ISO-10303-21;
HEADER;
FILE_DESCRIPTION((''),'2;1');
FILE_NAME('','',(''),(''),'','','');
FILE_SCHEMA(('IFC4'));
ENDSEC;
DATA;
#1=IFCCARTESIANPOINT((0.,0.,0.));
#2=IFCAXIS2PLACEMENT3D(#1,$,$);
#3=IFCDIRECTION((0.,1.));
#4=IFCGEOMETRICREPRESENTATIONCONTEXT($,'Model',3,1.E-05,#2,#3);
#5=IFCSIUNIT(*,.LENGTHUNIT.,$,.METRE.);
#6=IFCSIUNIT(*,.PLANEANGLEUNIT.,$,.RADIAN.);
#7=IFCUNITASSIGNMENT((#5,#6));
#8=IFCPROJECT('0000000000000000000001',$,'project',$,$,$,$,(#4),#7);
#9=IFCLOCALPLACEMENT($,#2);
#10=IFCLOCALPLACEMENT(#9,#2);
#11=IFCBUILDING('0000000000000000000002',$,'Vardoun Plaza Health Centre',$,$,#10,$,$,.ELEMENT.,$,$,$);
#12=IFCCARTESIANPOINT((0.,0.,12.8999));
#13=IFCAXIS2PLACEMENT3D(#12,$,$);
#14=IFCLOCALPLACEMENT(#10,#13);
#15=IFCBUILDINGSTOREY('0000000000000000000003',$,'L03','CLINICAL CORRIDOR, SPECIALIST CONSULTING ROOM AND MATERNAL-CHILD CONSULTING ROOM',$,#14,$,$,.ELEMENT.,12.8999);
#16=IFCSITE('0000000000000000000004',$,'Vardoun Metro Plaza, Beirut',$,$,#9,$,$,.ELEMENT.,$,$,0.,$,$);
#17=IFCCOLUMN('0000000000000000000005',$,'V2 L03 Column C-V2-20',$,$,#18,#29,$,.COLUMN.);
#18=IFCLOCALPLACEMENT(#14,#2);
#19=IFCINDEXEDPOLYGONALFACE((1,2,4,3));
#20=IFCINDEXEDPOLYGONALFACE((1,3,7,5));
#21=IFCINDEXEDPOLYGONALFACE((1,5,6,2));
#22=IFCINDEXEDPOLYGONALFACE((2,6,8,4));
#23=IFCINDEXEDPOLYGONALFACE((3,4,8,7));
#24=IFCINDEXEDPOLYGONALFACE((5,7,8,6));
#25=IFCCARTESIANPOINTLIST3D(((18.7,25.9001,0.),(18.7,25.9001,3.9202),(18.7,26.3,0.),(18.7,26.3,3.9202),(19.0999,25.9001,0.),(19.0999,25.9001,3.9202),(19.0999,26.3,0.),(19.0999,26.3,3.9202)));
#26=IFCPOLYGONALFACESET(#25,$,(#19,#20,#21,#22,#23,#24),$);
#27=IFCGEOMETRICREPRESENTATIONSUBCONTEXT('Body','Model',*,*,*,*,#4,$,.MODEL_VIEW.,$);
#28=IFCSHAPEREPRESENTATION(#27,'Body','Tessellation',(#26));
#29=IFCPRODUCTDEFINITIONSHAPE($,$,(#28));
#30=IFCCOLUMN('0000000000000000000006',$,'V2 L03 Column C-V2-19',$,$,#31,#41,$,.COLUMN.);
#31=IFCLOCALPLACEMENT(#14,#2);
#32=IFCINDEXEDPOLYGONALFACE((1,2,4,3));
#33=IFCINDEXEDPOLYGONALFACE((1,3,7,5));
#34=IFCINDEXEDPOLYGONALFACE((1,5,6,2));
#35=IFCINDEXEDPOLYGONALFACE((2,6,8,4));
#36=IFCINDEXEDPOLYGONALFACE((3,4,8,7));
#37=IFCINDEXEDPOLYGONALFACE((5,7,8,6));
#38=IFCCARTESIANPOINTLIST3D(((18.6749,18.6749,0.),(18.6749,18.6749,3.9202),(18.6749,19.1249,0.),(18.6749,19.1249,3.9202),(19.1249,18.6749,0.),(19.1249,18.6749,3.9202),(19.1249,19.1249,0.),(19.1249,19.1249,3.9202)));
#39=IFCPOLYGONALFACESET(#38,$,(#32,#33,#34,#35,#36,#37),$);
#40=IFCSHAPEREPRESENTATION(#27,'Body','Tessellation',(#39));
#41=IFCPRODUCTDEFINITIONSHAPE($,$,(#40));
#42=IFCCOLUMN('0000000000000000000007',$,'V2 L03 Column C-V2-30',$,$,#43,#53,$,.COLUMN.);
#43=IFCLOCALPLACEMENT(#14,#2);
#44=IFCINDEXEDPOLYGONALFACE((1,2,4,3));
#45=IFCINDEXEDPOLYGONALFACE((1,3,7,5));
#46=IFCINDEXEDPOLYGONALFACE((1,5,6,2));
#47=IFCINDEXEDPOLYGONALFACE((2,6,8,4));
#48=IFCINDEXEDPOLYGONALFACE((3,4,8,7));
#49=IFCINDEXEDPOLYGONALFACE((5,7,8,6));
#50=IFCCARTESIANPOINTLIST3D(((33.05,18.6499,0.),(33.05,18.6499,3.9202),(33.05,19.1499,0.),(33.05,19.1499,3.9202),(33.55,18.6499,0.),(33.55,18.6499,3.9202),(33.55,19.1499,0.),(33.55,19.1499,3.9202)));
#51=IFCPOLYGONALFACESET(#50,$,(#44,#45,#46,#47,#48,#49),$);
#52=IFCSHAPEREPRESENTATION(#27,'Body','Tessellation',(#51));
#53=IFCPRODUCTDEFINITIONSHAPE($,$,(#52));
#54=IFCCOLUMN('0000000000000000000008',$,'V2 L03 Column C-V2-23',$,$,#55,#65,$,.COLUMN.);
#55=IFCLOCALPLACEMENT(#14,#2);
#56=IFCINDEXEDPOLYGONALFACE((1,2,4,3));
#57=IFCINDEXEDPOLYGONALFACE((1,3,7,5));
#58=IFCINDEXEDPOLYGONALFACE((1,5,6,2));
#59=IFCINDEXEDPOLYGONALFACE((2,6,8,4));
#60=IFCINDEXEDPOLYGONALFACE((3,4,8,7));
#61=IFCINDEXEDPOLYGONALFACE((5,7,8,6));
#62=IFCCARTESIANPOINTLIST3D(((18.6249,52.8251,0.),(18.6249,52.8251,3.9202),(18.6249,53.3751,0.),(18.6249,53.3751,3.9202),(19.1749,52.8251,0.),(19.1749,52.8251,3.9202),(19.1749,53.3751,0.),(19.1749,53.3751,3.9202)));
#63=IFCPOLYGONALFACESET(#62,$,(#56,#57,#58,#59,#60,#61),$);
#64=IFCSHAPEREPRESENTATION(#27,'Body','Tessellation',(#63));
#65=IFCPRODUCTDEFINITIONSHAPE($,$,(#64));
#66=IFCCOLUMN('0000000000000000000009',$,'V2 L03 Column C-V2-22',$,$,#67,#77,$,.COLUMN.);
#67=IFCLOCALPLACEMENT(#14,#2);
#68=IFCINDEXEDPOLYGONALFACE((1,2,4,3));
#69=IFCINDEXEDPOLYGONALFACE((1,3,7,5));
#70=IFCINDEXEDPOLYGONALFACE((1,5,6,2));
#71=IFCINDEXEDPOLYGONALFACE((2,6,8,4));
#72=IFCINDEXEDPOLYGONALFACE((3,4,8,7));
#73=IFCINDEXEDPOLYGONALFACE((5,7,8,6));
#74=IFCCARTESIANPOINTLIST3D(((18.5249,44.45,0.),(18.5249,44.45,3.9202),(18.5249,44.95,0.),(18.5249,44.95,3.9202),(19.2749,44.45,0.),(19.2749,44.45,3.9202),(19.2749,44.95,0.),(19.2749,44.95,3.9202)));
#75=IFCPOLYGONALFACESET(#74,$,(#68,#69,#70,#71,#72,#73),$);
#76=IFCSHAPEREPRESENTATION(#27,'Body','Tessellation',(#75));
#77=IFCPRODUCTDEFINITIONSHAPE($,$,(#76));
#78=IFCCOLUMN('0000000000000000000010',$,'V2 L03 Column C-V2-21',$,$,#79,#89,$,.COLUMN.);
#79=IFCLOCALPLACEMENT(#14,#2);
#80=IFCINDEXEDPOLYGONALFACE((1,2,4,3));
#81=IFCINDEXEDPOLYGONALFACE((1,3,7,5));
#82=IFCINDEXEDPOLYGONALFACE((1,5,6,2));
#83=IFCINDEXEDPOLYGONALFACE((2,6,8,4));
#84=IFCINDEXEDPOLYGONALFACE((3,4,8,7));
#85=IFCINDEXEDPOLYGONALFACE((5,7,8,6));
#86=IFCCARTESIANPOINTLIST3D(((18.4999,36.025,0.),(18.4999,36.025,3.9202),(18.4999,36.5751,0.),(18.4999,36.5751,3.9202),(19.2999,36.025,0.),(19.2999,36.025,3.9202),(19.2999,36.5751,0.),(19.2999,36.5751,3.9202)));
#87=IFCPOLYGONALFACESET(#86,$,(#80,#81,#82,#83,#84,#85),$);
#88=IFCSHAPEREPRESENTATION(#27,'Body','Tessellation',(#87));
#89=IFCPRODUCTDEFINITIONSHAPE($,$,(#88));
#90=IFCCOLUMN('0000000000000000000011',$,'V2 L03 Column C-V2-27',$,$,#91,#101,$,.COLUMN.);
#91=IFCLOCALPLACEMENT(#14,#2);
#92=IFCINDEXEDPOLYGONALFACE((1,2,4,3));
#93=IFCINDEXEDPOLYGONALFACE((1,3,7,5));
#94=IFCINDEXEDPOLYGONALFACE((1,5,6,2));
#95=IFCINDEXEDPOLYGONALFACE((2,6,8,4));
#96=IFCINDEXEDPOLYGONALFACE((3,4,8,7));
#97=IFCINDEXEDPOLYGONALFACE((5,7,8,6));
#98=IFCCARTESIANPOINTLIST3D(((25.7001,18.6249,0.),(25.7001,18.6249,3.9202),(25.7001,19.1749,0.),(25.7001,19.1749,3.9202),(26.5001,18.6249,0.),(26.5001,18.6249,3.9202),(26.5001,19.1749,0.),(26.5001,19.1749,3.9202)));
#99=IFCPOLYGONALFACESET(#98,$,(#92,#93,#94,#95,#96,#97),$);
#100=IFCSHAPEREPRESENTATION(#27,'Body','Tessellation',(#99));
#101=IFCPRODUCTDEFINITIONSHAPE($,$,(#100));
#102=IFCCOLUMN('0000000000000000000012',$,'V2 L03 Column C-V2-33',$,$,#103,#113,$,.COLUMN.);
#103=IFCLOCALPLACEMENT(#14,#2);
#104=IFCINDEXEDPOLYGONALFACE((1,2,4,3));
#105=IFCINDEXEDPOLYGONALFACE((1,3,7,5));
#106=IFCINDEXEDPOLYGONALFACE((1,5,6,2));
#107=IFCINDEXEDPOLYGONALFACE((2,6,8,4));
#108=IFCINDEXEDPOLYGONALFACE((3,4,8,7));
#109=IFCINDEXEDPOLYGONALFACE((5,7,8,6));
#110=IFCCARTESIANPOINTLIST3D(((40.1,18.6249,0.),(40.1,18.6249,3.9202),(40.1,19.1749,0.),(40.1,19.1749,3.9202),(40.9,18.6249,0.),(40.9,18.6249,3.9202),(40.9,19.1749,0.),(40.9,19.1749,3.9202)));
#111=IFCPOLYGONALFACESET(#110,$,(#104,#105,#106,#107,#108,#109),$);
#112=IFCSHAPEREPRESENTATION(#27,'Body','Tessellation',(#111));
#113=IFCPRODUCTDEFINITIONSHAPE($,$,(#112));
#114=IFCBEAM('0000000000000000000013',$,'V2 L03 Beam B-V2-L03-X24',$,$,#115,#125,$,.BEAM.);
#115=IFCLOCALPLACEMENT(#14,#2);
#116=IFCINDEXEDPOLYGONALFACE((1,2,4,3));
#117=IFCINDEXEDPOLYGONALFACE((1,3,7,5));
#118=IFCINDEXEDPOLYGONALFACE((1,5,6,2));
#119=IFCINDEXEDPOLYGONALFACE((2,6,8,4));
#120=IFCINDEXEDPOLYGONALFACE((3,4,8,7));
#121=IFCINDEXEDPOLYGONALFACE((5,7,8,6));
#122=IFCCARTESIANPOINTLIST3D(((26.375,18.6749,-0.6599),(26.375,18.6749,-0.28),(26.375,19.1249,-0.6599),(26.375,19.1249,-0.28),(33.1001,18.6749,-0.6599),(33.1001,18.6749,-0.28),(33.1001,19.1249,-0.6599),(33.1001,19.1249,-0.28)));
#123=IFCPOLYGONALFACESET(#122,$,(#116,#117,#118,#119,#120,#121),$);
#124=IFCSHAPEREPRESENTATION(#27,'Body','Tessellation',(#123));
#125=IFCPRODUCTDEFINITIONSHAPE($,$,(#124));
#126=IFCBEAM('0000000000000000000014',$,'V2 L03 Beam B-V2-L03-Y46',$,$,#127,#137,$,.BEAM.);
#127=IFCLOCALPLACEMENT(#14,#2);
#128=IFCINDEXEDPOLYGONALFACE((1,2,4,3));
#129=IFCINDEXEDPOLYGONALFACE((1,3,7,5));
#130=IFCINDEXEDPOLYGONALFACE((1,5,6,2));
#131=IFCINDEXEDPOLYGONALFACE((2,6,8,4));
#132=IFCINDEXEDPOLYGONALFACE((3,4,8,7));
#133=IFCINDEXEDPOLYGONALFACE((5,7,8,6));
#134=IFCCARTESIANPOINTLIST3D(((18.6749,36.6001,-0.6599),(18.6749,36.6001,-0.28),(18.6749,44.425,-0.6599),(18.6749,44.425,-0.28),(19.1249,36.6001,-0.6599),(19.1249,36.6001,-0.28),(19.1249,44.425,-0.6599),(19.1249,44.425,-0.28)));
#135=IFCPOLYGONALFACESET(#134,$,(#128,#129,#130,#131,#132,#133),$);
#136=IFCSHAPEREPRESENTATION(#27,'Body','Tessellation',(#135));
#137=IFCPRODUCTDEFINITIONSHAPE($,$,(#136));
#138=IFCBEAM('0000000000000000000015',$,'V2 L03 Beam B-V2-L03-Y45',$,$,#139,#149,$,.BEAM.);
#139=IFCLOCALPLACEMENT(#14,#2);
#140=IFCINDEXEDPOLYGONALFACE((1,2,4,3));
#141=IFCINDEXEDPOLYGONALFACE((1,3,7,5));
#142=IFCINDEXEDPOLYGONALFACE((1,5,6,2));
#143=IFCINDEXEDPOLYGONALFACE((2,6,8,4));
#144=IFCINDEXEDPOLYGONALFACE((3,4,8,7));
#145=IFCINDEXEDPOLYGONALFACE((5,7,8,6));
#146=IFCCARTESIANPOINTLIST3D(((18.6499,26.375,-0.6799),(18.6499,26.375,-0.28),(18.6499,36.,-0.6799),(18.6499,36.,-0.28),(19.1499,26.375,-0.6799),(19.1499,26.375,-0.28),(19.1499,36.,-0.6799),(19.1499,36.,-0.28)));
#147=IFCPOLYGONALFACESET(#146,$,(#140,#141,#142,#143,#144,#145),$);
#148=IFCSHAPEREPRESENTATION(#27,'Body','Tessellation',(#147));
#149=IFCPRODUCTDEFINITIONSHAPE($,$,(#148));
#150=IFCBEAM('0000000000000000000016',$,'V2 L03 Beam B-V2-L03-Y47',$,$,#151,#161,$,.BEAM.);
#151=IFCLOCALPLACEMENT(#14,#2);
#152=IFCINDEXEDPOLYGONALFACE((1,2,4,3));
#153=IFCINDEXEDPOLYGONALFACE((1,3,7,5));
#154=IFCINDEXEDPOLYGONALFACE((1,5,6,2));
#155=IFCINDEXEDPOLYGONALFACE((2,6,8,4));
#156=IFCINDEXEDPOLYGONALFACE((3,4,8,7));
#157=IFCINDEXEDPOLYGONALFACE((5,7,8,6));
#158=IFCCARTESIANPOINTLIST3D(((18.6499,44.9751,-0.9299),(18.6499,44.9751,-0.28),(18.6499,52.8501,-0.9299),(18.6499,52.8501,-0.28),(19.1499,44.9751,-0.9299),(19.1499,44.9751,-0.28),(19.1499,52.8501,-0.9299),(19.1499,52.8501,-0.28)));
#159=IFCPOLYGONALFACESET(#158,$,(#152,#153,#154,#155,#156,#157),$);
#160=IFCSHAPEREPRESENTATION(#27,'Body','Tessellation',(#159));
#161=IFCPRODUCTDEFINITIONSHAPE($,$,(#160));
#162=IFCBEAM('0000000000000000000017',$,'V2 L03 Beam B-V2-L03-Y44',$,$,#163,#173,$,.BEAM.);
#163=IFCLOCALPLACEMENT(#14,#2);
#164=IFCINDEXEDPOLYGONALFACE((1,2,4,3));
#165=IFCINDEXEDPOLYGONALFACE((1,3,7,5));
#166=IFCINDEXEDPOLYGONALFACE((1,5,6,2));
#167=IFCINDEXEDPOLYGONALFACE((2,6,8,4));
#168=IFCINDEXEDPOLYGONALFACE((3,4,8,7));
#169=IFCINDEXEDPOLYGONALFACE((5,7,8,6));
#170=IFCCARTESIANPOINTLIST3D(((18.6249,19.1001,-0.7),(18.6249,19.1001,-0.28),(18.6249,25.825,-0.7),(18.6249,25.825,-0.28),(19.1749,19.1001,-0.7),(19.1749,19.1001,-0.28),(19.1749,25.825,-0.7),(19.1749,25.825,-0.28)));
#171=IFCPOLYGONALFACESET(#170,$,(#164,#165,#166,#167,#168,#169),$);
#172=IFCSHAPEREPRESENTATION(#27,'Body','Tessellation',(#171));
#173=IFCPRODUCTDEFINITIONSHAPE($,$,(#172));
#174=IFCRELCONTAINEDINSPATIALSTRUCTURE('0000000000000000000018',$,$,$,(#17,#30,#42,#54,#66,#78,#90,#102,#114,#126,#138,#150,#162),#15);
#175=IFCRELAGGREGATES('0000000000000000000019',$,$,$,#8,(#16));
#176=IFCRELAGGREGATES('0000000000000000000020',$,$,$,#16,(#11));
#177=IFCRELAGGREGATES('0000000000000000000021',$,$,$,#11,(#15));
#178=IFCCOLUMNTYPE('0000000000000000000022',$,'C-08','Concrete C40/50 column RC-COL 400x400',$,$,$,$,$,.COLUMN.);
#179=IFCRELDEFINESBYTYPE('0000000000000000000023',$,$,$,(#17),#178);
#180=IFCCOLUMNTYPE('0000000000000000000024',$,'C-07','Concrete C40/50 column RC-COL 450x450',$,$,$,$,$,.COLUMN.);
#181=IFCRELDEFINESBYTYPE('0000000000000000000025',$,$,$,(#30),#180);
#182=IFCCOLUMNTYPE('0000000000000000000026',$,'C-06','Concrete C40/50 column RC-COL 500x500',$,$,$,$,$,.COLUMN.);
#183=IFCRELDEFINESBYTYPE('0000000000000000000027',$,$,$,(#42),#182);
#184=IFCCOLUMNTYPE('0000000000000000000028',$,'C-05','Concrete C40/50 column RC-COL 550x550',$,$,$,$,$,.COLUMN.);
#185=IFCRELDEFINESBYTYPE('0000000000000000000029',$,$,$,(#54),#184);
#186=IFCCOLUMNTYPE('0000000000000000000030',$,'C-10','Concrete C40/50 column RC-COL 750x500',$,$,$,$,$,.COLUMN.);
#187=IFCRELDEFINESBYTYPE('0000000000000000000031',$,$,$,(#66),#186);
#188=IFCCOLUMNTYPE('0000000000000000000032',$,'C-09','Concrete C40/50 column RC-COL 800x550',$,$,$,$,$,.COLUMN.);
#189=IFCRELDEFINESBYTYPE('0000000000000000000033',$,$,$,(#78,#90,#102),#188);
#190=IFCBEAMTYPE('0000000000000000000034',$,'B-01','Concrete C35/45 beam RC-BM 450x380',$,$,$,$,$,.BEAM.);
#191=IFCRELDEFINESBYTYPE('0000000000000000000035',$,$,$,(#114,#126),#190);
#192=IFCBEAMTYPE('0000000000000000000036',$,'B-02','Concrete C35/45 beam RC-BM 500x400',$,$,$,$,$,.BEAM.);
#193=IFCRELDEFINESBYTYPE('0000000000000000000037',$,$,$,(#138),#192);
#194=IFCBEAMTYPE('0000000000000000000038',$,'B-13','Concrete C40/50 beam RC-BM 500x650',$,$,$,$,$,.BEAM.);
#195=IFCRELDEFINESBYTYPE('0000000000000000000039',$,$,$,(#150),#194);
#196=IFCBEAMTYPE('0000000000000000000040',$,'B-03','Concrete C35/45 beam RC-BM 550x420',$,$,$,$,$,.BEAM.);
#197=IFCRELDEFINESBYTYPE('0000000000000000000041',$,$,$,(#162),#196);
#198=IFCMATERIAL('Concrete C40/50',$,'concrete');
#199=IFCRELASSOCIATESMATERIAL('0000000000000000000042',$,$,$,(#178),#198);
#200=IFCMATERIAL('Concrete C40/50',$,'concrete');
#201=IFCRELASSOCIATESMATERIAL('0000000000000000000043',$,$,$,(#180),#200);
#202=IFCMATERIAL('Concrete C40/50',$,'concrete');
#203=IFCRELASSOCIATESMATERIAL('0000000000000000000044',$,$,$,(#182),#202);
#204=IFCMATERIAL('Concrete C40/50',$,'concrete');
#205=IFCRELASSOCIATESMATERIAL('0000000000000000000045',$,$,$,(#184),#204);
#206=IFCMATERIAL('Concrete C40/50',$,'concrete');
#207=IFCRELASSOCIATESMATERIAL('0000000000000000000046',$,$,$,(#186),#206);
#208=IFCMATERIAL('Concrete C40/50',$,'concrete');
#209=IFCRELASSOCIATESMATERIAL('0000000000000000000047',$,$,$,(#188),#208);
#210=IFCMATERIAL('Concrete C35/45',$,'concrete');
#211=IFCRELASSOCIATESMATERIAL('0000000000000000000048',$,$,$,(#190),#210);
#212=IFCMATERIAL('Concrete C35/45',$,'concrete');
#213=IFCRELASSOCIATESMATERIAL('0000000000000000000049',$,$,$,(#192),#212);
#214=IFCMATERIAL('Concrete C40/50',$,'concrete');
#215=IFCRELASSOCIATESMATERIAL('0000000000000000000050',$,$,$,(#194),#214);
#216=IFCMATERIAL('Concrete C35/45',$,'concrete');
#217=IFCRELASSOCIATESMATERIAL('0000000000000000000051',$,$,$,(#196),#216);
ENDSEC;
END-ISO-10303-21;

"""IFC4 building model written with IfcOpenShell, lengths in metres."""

from ifc_helpers import new_model, si_unit, direction, frame, origin, origin_2d, place, context, subcontext, project, spatial, rectangle, extrude, material, material_profile, profile_set, type_object, element, save


model = new_model("IFC4")

# Units and contexts
model_context = context("Model", 3, precision=1e-05, world=origin(), true_north=direction((0.0, 1.0)))
body_context = subcontext(model_context, "Body", "Model", "MODEL_VIEW")
ifc_project = project(units=[si_unit("LENGTHUNIT", "METRE"), si_unit("PLANEANGLEUNIT", "RADIAN")], contexts=[model_context])

# Site, building, storey
site_placement = place(None, origin())
site = spatial("IfcSite", under=ifc_project, at=site_placement, Name="Vardoun Metro Plaza, Beirut", CompositionType="ELEMENT", RefElevation=0.0)
building_placement = place(site_placement, origin())
building = spatial("IfcBuilding", under=site, at=building_placement, Name="Vardoun Plaza Health Centre", CompositionType="ELEMENT")
storey_placement = place(building_placement, frame((0.0, 0.0, 12.8999)))
storey = spatial("IfcBuildingStorey", under=building, at=storey_placement, Name="L03", Description="CLINICAL CORRIDOR, SPECIALIST CONSULTING ROOM AND MATERNAL-CHILD CONSULTING ROOM", CompositionType="ELEMENT", Elevation=12.8999)

# Columns
ifc_material_1 = material(Name="Concrete C40/50", Category="concrete")
ifc_material_profile_1 = material_profile(ifc_material_1, rectangle(XDim=0.3999, YDim=0.3999, at=origin_2d()), Name="RC-COL 400x400")
ifc_profile_set_1 = profile_set([ifc_material_profile_1], Name="Concrete C40/50")
column_type_1 = type_object("IfcColumnType", Name="C-08", Description="Concrete C40/50 column RC-COL 400x400", PredefinedType="COLUMN", material=ifc_profile_set_1)
column_1_placement = place(storey_placement, frame((18.8999, 26.1001, 0.0), z_axis=(0.0, 0.0, 1.0), x_axis=(1.0, 0.0, 0.0)))
element("IfcColumn", 1, at=column_1_placement, inside=storey, type_object=column_type_1, Name="V2 L03 Column C-V2-20", PredefinedType="COLUMN", context=body_context, shape_type="SweptSolid", body=[
    extrude(rectangle(XDim=0.3999, YDim=0.3999, at=origin_2d()), origin(), (0.0, 0.0, 1.0), 3.9202),
])
ifc_material_2 = material(Name="Concrete C40/50", Category="concrete")
ifc_material_profile_2 = material_profile(ifc_material_2, rectangle(XDim=0.45, YDim=0.45, at=origin_2d()), Name="RC-COL 450x450")
ifc_profile_set_2 = profile_set([ifc_material_profile_2], Name="Concrete C40/50")
column_type_2 = type_object("IfcColumnType", Name="C-07", Description="Concrete C40/50 column RC-COL 450x450", PredefinedType="COLUMN", material=ifc_profile_set_2)
column_2_placement = place(storey_placement, frame((18.8999, 18.8999, 0.0), z_axis=(0.0, 0.0, 1.0), x_axis=(1.0, 0.0, 0.0)))
element("IfcColumn", 2, at=column_2_placement, inside=storey, type_object=column_type_2, Name="V2 L03 Column C-V2-19", PredefinedType="COLUMN", context=body_context, shape_type="SweptSolid", body=[
    extrude(rectangle(XDim=0.45, YDim=0.45, at=origin_2d()), origin(), (0.0, 0.0, 1.0), 3.9202),
])
ifc_material_3 = material(Name="Concrete C40/50", Category="concrete")
ifc_material_profile_3 = material_profile(ifc_material_3, rectangle(XDim=0.5, YDim=0.5, at=origin_2d()), Name="RC-COL 500x500")
ifc_profile_set_3 = profile_set([ifc_material_profile_3], Name="Concrete C40/50")
column_type_3 = type_object("IfcColumnType", Name="C-06", Description="Concrete C40/50 column RC-COL 500x500", PredefinedType="COLUMN", material=ifc_profile_set_3)
column_3_placement = place(storey_placement, frame((33.3, 18.8999, 0.0), z_axis=(0.0, 0.0, 1.0), x_axis=(1.0, 0.0, 0.0)))
element("IfcColumn", 3, at=column_3_placement, inside=storey, type_object=column_type_3, Name="V2 L03 Column C-V2-30", PredefinedType="COLUMN", context=body_context, shape_type="SweptSolid", body=[
    extrude(rectangle(XDim=0.5, YDim=0.5, at=origin_2d()), origin(), (0.0, 0.0, 1.0), 3.9202),
])
ifc_material_4 = material(Name="Concrete C40/50", Category="concrete")
ifc_material_profile_4 = material_profile(ifc_material_4, rectangle(XDim=0.55, YDim=0.55, at=origin_2d()), Name="RC-COL 550x550")
ifc_profile_set_4 = profile_set([ifc_material_profile_4], Name="Concrete C40/50")
column_type_4 = type_object("IfcColumnType", Name="C-05", Description="Concrete C40/50 column RC-COL 550x550", PredefinedType="COLUMN", material=ifc_profile_set_4)
column_4_placement = place(storey_placement, frame((18.8999, 53.1001, 0.0), z_axis=(0.0, 0.0, 1.0), x_axis=(1.0, 0.0, 0.0)))
element("IfcColumn", 4, at=column_4_placement, inside=storey, type_object=column_type_4, Name="V2 L03 Column C-V2-23", PredefinedType="COLUMN", context=body_context, shape_type="SweptSolid", body=[
    extrude(rectangle(XDim=0.55, YDim=0.55, at=origin_2d()), origin(), (0.0, 0.0, 1.0), 3.9202),
])
ifc_material_5 = material(Name="Concrete C40/50", Category="concrete")
ifc_material_profile_5 = material_profile(ifc_material_5, rectangle(XDim=0.75, YDim=0.5, at=origin_2d()), Name="RC-COL 750x500")
ifc_profile_set_5 = profile_set([ifc_material_profile_5], Name="Concrete C40/50")
column_type_5 = type_object("IfcColumnType", Name="C-10", Description="Concrete C40/50 column RC-COL 750x500", PredefinedType="COLUMN", material=ifc_profile_set_5)
column_5_placement = place(storey_placement, frame((18.8999, 44.7, 0.0), z_axis=(0.0, 0.0, 1.0), x_axis=(1.0, 0.0, 0.0)))
element("IfcColumn", 5, at=column_5_placement, inside=storey, type_object=column_type_5, Name="V2 L03 Column C-V2-22", PredefinedType="COLUMN", context=body_context, shape_type="SweptSolid", body=[
    extrude(rectangle(XDim=0.75, YDim=0.5, at=origin_2d()), origin(), (0.0, 0.0, 1.0), 3.9202),
])
ifc_material_6 = material(Name="Concrete C40/50", Category="concrete")
ifc_material_profile_6 = material_profile(ifc_material_6, rectangle(XDim=0.8, YDim=0.55, at=origin_2d()), Name="RC-COL 800x550")
ifc_profile_set_6 = profile_set([ifc_material_profile_6], Name="Concrete C40/50")
column_type_6 = type_object("IfcColumnType", Name="C-09", Description="Concrete C40/50 column RC-COL 800x550", PredefinedType="COLUMN", material=ifc_profile_set_6)
for number, where, z_axis, x_axis, name in (
    (6, (18.8999, 36.3, 0.0), (0.0, 0.0, 1.0), (1.0, 0.0, 0.0), "V2 L03 Column C-V2-21"),
    (7, (26.1001, 18.8999, 0.0), (0.0, 0.0, 1.0), (1.0, 0.0, 0.0), "V2 L03 Column C-V2-27"),
    (8, (40.5, 18.8999, 0.0), (0.0, 0.0, 1.0), (1.0, 0.0, 0.0), "V2 L03 Column C-V2-33"),
):
    element("IfcColumn", number, at=place(storey_placement, frame(where, z_axis=z_axis, x_axis=x_axis)), inside=storey, type_object=column_type_6, Name=name, PredefinedType="COLUMN", context=body_context, shape_type="SweptSolid", body=[
        extrude(rectangle(XDim=0.8, YDim=0.55, at=origin_2d()), origin(), (0.0, 0.0, 1.0), 3.9202),
    ])

# Beams
ifc_material_7 = material(Name="Concrete C35/45", Category="concrete")
ifc_material_profile_7 = material_profile(ifc_material_7, rectangle(XDim=0.45, YDim=0.3799, at=origin_2d()), Name="RC-BM 450x380")
ifc_profile_set_7 = profile_set([ifc_material_profile_7], Name="Concrete C35/45")
beam_type_1 = type_object("IfcBeamType", Name="B-01", Description="Concrete C35/45 beam RC-BM 450x380", PredefinedType="BEAM", material=ifc_profile_set_7)
beam_1_placement = place(storey_placement, frame((26.375, 18.8999, -0.47), z_axis=(1.0, 0.0, 0.0), x_axis=(0.0, 1.0, 0.0)))
element("IfcBeam", 9, at=beam_1_placement, inside=storey, type_object=beam_type_1, Name="V2 L03 Beam B-V2-L03-X24", PredefinedType="BEAM", context=body_context, shape_type="SweptSolid", body=[
    extrude(rectangle(XDim=0.45, YDim=0.3799, at=origin_2d()), origin(), (0.0, 0.0, 1.0), 6.7251),
])
beam_2_placement = place(storey_placement, frame((18.8999, 36.6001, -0.47), z_axis=(0.0, 1.0, 0.0), x_axis=(-1.0, 0.0, 0.0)))
element("IfcBeam", 10, at=beam_2_placement, inside=storey, type_object=beam_type_1, Name="V2 L03 Beam B-V2-L03-Y46", PredefinedType="BEAM", context=body_context, shape_type="SweptSolid", body=[
    extrude(rectangle(XDim=0.45, YDim=0.3799, at=origin_2d()), origin(), (0.0, 0.0, 1.0), 7.825),
])
ifc_material_8 = material(Name="Concrete C35/45", Category="concrete")
ifc_material_profile_8 = material_profile(ifc_material_8, rectangle(XDim=0.5, YDim=0.3999, at=origin_2d()), Name="RC-BM 500x400")
ifc_profile_set_8 = profile_set([ifc_material_profile_8], Name="Concrete C35/45")
beam_type_2 = type_object("IfcBeamType", Name="B-02", Description="Concrete C35/45 beam RC-BM 500x400", PredefinedType="BEAM", material=ifc_profile_set_8)
beam_3_placement = place(storey_placement, frame((18.8999, 26.375, -0.48), z_axis=(0.0, 1.0, 0.0), x_axis=(-1.0, 0.0, 0.0)))
element("IfcBeam", 11, at=beam_3_placement, inside=storey, type_object=beam_type_2, Name="V2 L03 Beam B-V2-L03-Y45", PredefinedType="BEAM", context=body_context, shape_type="SweptSolid", body=[
    extrude(rectangle(XDim=0.5, YDim=0.3999, at=origin_2d()), origin(), (0.0, 0.0, 1.0), 9.625),
])
ifc_material_9 = material(Name="Concrete C40/50", Category="concrete")
ifc_material_profile_9 = material_profile(ifc_material_9, rectangle(XDim=0.5, YDim=0.6499, at=origin_2d()), Name="RC-BM 500x650")
ifc_profile_set_9 = profile_set([ifc_material_profile_9], Name="Concrete C40/50")
beam_type_3 = type_object("IfcBeamType", Name="B-13", Description="Concrete C40/50 beam RC-BM 500x650", PredefinedType="BEAM", material=ifc_profile_set_9)
beam_4_placement = place(storey_placement, frame((18.8999, 44.9751, -0.605), z_axis=(0.0, 1.0, 0.0), x_axis=(-1.0, 0.0, 0.0)))
element("IfcBeam", 12, at=beam_4_placement, inside=storey, type_object=beam_type_3, Name="V2 L03 Beam B-V2-L03-Y47", PredefinedType="BEAM", context=body_context, shape_type="SweptSolid", body=[
    extrude(rectangle(XDim=0.5, YDim=0.6499, at=origin_2d()), origin(), (0.0, 0.0, 1.0), 7.875),
])
ifc_material_10 = material(Name="Concrete C35/45", Category="concrete")
ifc_material_profile_10 = material_profile(ifc_material_10, rectangle(XDim=0.55, YDim=0.4199, at=origin_2d()), Name="RC-BM 550x420")
ifc_profile_set_10 = profile_set([ifc_material_profile_10], Name="Concrete C35/45")
beam_type_4 = type_object("IfcBeamType", Name="B-03", Description="Concrete C35/45 beam RC-BM 550x420", PredefinedType="BEAM", material=ifc_profile_set_10)
beam_5_placement = place(storey_placement, frame((18.8999, 19.1001, -0.49), z_axis=(0.0, 1.0, 0.0), x_axis=(-1.0, 0.0, 0.0)))
element("IfcBeam", 13, at=beam_5_placement, inside=storey, type_object=beam_type_4, Name="V2 L03 Beam B-V2-L03-Y44", PredefinedType="BEAM", context=body_context, shape_type="SweptSolid", body=[
    extrude(rectangle(XDim=0.55, YDim=0.4199, at=origin_2d()), origin(), (0.0, 0.0, 1.0), 6.7249),
])

save(model, "model.ifc")
